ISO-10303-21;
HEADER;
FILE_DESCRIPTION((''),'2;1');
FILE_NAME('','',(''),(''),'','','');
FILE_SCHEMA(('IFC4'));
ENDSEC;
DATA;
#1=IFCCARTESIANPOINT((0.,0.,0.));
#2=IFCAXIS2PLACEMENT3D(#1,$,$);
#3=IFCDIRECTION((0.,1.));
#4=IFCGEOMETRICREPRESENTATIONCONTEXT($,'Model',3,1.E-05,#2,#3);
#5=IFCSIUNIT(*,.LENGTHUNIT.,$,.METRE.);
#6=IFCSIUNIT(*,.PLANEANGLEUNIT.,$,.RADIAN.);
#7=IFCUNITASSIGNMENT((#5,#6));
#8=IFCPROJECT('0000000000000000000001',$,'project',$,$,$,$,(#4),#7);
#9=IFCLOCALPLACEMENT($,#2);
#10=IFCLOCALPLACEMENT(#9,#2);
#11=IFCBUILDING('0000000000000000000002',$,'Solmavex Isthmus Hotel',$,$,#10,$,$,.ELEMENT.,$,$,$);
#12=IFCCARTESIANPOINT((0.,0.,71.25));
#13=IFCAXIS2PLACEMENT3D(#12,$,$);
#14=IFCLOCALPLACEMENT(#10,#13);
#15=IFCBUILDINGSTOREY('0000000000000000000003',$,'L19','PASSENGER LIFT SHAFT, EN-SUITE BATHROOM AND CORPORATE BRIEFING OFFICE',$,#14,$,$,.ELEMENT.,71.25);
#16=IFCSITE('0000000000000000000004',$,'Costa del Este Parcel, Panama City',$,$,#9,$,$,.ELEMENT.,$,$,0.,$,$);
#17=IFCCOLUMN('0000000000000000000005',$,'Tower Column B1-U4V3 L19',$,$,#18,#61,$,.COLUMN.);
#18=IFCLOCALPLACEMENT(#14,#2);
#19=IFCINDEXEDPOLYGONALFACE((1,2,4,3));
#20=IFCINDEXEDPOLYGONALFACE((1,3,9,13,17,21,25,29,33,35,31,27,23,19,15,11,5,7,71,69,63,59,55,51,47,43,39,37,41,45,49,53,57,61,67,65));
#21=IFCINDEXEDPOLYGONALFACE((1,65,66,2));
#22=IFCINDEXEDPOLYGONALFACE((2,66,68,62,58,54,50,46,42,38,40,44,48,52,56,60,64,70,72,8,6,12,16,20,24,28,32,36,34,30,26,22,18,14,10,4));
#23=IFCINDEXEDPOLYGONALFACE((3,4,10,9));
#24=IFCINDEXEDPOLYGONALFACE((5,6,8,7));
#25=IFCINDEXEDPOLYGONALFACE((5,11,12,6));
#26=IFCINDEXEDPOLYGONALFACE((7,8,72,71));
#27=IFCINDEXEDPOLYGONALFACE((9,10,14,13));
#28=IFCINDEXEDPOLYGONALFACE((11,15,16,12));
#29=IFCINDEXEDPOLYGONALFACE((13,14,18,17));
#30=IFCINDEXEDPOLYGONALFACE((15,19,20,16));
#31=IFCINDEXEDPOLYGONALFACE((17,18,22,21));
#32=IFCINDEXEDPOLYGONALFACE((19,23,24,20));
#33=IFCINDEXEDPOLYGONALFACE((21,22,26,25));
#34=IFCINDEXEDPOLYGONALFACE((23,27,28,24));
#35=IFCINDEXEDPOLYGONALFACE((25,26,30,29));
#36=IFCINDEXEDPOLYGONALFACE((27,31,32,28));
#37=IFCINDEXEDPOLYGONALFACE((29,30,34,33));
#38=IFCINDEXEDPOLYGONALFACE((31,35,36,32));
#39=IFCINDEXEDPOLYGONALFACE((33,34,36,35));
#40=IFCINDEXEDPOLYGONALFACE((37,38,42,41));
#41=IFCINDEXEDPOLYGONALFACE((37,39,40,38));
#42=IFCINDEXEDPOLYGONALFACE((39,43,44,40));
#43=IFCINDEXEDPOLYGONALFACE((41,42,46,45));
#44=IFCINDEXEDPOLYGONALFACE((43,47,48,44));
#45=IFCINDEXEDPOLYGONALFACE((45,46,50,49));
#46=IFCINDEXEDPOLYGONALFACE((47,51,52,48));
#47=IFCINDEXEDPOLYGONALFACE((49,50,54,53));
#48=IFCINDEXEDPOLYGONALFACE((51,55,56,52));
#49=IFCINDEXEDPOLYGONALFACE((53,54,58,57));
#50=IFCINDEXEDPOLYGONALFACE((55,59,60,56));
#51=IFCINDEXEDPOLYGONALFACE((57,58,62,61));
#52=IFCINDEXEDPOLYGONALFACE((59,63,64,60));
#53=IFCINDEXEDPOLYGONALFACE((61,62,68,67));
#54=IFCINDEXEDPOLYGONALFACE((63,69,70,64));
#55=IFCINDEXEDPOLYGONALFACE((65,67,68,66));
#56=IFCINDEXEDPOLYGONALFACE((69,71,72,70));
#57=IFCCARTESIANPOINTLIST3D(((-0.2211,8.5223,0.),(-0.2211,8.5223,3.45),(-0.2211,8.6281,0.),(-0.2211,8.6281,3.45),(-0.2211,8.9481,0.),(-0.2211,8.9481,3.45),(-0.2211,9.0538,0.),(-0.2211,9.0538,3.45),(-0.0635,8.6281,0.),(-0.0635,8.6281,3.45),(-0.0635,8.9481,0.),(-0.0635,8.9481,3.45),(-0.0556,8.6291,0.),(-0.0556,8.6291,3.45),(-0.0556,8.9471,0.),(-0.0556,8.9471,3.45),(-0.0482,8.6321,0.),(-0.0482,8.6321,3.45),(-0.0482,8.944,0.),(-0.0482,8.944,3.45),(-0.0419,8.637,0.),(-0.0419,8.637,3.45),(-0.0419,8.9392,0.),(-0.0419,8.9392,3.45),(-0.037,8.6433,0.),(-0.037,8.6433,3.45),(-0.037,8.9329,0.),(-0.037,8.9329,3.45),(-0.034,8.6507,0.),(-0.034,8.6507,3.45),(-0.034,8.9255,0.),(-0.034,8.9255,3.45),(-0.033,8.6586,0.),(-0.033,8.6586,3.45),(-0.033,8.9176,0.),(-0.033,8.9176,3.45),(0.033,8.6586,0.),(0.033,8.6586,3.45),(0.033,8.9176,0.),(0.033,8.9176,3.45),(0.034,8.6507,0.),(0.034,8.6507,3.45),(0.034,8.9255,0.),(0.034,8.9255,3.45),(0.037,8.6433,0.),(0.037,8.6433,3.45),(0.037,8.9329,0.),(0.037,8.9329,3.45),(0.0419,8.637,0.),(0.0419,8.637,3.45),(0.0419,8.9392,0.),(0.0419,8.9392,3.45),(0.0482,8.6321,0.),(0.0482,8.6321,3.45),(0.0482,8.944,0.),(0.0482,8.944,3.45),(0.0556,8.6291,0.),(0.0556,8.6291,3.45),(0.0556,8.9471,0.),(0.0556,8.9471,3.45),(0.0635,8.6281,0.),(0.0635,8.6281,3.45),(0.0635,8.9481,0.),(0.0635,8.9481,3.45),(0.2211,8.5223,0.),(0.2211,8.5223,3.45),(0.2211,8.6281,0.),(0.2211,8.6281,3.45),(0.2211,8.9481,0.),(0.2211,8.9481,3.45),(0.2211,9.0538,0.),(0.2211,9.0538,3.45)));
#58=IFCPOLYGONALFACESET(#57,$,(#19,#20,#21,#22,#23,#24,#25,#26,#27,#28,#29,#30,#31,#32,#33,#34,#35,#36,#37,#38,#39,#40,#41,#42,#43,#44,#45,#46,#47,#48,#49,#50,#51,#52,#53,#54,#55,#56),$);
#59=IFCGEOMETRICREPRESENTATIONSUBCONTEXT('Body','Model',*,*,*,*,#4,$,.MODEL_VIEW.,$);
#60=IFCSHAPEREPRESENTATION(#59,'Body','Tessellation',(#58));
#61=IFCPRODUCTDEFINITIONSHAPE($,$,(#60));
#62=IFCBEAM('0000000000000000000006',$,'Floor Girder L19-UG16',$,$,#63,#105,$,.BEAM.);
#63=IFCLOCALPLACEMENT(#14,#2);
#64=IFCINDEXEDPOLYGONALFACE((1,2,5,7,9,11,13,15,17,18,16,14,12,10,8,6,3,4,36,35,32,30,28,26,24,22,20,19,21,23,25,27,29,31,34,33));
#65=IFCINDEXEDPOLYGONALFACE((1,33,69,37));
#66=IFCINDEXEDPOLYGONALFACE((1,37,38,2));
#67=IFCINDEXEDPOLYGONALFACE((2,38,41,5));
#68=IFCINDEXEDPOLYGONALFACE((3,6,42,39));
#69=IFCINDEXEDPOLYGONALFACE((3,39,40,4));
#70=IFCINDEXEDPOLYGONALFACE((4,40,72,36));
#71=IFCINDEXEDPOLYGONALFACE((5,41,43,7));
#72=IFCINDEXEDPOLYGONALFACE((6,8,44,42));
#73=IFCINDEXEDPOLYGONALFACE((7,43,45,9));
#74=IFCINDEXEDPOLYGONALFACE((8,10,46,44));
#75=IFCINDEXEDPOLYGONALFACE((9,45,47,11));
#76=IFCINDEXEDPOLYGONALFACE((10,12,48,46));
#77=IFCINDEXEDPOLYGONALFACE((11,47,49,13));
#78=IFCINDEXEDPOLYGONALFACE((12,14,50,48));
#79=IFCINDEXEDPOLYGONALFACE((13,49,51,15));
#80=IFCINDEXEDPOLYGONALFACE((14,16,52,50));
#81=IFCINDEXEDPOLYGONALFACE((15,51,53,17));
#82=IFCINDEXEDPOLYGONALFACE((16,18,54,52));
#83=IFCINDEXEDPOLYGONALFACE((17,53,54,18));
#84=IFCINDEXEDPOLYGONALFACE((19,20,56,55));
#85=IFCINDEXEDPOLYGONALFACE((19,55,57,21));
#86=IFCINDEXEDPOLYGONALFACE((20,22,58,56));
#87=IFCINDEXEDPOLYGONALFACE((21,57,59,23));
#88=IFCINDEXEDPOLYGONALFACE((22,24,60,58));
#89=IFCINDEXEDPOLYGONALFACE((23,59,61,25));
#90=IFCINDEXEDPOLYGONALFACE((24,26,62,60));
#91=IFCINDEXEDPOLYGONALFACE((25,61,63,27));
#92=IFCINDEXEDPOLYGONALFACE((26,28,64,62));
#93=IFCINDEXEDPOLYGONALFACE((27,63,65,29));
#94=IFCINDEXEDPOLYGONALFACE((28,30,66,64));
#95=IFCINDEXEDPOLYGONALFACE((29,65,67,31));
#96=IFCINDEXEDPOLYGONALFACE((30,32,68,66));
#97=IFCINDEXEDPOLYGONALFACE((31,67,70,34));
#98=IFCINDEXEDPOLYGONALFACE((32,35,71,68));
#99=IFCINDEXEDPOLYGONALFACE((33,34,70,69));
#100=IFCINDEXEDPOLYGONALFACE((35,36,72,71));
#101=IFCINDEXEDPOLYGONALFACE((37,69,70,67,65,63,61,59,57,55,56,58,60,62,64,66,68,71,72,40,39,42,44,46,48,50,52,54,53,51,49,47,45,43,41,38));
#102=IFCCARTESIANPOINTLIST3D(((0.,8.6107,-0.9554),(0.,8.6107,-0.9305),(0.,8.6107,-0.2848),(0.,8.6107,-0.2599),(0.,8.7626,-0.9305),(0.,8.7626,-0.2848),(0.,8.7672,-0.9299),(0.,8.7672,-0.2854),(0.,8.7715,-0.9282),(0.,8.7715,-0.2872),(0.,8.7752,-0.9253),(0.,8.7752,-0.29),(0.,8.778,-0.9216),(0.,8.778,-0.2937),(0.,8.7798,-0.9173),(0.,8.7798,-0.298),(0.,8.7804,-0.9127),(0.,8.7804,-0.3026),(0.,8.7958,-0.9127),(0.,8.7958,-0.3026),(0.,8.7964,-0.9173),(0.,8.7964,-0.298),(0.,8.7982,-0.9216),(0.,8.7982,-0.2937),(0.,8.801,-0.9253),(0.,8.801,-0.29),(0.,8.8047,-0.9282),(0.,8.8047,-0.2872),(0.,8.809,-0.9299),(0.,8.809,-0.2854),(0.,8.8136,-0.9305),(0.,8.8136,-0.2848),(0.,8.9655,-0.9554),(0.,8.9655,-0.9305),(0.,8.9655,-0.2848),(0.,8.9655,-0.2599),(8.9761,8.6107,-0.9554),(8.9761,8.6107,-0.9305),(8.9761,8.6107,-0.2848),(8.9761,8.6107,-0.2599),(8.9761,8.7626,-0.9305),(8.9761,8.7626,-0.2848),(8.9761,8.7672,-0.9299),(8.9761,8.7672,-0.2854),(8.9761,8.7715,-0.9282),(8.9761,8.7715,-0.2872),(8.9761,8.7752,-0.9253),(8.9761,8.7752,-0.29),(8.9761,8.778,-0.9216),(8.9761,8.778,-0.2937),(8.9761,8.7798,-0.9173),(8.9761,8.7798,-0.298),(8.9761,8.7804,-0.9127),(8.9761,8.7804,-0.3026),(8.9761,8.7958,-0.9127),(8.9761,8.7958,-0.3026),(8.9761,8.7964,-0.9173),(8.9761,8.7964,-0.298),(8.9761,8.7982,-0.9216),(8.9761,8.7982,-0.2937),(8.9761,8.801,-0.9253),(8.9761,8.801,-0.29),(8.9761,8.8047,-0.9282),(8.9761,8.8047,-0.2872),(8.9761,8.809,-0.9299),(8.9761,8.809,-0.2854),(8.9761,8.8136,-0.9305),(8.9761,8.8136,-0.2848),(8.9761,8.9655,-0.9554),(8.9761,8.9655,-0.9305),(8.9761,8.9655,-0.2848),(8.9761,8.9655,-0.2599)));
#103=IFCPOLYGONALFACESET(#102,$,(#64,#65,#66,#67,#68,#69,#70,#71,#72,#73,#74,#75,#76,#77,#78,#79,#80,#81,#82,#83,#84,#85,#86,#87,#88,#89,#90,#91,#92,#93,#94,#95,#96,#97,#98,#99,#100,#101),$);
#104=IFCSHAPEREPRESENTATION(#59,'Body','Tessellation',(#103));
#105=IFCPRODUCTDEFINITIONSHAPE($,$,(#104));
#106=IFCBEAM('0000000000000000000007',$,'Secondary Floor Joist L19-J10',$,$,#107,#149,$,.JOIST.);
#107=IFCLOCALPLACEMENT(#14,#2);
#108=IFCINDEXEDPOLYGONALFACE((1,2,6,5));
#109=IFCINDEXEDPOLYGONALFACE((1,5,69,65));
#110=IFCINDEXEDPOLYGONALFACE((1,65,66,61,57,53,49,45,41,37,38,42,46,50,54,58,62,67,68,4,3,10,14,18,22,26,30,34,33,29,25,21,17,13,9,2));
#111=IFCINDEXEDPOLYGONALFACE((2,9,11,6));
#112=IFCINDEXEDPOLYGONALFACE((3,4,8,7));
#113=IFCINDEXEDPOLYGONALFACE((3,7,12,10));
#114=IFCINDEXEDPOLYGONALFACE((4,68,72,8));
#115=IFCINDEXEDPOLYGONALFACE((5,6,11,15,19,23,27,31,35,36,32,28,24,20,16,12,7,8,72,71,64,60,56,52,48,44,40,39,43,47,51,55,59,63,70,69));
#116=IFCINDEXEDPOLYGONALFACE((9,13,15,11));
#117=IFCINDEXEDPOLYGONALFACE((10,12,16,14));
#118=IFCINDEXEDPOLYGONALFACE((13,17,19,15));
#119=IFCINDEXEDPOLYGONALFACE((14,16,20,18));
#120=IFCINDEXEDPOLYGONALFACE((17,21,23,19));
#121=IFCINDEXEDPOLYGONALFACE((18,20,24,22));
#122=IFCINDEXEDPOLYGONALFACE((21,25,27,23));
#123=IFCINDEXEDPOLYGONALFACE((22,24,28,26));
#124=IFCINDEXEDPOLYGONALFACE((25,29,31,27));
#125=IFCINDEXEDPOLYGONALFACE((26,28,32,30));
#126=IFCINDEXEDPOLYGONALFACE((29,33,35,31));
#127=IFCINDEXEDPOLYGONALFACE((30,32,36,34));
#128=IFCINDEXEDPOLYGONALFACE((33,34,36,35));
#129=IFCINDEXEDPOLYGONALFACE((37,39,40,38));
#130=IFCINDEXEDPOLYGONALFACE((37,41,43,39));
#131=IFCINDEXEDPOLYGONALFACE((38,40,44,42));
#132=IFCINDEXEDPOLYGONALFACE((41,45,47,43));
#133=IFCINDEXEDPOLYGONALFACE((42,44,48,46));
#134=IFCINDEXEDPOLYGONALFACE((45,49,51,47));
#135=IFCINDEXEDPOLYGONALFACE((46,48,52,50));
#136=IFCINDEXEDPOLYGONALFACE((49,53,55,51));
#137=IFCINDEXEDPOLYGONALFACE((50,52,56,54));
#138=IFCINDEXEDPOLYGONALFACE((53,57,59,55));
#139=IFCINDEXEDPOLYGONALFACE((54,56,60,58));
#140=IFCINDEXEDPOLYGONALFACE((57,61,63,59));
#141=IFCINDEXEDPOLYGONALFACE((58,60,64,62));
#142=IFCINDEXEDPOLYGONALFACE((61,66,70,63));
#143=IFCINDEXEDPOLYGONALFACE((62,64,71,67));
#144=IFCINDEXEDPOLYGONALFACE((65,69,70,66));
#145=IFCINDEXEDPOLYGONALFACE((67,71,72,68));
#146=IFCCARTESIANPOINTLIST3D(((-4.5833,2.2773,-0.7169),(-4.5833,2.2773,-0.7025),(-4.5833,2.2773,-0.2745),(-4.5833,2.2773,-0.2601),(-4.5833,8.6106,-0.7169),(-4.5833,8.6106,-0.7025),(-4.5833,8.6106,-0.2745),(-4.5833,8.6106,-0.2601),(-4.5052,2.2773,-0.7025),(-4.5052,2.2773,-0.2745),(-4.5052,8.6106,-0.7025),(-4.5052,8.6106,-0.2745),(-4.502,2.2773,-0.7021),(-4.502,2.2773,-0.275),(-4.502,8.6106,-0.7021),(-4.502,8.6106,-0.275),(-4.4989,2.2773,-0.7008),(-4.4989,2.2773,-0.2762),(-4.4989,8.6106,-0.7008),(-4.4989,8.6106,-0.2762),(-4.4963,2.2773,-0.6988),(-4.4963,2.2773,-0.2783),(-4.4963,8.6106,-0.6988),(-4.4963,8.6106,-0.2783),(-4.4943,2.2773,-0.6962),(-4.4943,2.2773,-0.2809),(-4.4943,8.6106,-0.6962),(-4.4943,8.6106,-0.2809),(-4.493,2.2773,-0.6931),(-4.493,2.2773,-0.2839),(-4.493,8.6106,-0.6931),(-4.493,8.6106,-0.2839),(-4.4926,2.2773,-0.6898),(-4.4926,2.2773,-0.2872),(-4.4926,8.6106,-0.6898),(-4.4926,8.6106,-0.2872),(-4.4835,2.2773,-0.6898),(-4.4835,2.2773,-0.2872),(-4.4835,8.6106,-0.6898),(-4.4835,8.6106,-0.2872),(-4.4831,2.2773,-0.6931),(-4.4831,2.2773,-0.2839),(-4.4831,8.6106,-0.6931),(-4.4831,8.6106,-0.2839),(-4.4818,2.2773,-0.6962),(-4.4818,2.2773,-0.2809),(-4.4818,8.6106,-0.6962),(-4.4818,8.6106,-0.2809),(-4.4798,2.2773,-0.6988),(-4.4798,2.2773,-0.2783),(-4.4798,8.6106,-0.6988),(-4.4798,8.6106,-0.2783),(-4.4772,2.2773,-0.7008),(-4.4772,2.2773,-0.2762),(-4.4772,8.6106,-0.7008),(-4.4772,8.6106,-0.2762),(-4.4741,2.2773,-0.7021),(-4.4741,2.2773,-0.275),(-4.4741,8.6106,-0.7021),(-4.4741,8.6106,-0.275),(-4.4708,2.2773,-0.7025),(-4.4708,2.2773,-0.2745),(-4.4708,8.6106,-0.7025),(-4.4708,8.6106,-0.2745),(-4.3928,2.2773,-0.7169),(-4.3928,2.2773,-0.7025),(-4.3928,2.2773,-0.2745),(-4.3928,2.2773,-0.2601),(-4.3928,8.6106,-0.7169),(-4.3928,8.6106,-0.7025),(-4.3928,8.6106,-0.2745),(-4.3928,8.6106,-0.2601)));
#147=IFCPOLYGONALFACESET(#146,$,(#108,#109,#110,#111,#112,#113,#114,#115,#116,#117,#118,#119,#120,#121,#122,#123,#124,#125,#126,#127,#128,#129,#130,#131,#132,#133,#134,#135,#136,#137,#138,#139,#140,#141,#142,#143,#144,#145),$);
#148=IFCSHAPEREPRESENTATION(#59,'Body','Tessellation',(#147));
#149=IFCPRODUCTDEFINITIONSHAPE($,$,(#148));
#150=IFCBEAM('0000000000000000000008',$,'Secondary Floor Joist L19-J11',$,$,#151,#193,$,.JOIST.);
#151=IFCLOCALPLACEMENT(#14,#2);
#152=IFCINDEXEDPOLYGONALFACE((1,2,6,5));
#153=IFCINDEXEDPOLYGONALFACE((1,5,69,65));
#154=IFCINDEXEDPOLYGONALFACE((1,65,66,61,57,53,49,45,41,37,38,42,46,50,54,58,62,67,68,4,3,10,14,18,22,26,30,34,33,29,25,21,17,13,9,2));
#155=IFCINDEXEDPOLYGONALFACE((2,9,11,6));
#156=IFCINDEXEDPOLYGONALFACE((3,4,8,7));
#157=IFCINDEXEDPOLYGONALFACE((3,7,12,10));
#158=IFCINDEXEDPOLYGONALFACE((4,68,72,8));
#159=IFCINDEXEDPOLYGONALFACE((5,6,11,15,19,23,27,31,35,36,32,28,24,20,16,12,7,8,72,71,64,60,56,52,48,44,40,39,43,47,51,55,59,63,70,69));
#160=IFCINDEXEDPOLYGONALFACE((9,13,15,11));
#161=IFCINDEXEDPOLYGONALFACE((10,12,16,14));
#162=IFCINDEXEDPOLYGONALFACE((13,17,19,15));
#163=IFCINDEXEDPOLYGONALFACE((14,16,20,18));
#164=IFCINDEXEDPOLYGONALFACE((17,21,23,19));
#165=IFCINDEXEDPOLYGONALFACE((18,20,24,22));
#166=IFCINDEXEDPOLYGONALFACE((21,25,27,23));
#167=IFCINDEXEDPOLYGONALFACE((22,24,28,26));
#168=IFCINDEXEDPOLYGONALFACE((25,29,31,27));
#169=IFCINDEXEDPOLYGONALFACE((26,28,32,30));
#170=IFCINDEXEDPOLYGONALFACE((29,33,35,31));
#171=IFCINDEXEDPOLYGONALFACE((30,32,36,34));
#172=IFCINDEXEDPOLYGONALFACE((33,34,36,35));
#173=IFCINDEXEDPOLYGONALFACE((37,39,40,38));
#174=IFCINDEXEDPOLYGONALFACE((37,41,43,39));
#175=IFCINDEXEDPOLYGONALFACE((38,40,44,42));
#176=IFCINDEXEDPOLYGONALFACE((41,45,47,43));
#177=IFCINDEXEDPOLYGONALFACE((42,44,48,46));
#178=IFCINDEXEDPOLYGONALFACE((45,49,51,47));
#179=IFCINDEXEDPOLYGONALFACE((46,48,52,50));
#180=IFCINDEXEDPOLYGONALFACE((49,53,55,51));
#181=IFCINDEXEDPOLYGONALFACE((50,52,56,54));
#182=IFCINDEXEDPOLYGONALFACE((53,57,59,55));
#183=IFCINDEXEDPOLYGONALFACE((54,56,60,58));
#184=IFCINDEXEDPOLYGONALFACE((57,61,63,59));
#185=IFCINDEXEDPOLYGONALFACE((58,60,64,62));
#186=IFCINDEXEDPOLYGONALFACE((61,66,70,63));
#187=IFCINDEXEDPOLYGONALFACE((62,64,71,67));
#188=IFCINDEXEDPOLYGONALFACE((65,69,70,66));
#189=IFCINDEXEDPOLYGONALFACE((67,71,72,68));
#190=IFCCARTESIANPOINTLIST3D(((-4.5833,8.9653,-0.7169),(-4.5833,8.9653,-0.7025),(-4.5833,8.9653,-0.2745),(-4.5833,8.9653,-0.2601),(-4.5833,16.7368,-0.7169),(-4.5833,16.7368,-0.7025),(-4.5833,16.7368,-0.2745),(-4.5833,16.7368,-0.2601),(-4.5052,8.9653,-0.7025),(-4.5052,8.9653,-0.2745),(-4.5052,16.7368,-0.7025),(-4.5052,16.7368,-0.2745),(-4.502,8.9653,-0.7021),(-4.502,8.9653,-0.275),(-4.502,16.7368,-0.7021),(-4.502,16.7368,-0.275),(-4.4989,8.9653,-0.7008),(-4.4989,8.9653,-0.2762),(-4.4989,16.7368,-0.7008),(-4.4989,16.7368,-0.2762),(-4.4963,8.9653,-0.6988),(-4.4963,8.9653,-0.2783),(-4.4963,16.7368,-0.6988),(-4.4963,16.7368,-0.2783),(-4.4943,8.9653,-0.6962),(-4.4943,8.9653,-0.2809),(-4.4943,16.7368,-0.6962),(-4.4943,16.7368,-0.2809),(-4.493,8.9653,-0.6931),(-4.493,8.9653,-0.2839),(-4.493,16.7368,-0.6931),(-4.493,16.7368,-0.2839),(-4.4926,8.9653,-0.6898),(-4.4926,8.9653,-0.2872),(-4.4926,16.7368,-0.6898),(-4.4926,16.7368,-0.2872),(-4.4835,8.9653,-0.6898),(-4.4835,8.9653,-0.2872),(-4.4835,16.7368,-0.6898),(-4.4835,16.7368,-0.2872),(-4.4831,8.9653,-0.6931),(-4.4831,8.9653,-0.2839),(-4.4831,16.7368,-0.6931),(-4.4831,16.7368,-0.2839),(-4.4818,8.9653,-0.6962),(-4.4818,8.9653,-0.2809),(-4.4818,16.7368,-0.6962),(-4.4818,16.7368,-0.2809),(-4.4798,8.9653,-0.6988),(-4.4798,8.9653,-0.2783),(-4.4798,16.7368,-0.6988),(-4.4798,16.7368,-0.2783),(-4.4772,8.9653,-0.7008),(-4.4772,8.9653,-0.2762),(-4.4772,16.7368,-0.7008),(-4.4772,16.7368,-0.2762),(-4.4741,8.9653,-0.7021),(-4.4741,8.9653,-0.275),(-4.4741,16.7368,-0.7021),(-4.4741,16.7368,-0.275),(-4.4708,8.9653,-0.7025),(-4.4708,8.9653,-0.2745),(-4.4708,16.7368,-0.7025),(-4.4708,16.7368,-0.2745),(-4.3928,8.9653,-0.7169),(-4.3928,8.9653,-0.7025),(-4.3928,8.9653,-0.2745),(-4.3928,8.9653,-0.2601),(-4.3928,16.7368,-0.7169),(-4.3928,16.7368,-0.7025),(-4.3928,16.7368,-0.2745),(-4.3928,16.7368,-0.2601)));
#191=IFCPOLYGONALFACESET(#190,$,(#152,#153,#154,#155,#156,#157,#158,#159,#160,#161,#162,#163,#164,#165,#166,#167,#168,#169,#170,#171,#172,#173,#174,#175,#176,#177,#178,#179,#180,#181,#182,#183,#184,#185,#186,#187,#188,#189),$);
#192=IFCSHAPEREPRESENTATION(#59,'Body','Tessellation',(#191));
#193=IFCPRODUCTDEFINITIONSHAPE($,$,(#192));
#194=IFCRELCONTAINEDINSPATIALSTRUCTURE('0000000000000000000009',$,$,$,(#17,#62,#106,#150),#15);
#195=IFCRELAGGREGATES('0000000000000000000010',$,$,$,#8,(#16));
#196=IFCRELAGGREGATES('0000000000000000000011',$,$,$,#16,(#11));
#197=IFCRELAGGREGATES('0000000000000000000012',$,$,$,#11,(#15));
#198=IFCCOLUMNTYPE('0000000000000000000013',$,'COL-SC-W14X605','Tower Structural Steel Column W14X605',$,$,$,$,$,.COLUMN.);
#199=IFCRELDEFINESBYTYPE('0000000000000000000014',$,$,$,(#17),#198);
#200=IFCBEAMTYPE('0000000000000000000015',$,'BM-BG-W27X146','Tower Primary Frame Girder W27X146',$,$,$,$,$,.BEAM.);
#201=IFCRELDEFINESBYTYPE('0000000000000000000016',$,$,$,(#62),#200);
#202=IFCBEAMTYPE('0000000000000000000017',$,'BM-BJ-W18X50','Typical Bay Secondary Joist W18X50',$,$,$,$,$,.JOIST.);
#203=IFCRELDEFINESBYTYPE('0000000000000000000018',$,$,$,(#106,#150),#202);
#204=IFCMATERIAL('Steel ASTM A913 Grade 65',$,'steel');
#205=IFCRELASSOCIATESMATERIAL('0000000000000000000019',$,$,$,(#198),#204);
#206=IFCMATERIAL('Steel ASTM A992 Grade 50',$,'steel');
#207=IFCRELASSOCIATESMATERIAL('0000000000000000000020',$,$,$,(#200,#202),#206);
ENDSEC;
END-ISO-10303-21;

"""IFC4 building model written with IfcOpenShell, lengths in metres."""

from ifc_helpers import new_model, si_unit, direction, frame, origin, origin_2d, place, context, subcontext, project, spatial, i_section, extrude, material, material_profile, profile_set, type_object, element, save


model = new_model("IFC4")

# Units and contexts
model_context = context("Model", 3, precision=1e-05, world=origin(), true_north=direction((0.0, 1.0)))
body_context = subcontext(model_context, "Body", "Model", "MODEL_VIEW")
ifc_project = project(units=[si_unit("LENGTHUNIT", "METRE"), si_unit("PLANEANGLEUNIT", "RADIAN")], contexts=[model_context])

# Site, building, storey
site_placement = place(None, origin())
site = spatial("IfcSite", under=ifc_project, at=site_placement, Name="Costa del Este Parcel, Panama City", CompositionType="ELEMENT", RefElevation=0.0)
building_placement = place(site_placement, origin())
building = spatial("IfcBuilding", under=site, at=building_placement, Name="Solmavex Isthmus Hotel", CompositionType="ELEMENT")
storey_placement = place(building_placement, frame((0.0, 0.0, 71.25)))
storey = spatial("IfcBuildingStorey", under=building, at=storey_placement, Name="L19", Description="PASSENGER LIFT SHAFT, EN-SUITE BATHROOM AND CORPORATE BRIEFING OFFICE", CompositionType="ELEMENT", Elevation=71.25)

# Column
ifc_material_1 = material(Name="Steel ASTM A913 Grade 65", Category="steel")
ifc_material_profile_1 = material_profile(ifc_material_1, i_section(OverallWidth=0.4421, OverallDepth=0.5315, WebThickness=0.0659, FlangeThickness=0.1057, FilletRadius=0.0305, at=origin_2d()), Name="W14X605")
ifc_profile_set_1 = profile_set([ifc_material_profile_1], Name="Steel ASTM A913 Grade 65")
column_type = type_object("IfcColumnType", Name="COL-SC-W14X605", Description="Tower Structural Steel Column W14X605", PredefinedType="COLUMN", material=ifc_profile_set_1)
column_placement = place(storey_placement, frame((0.0, 8.7881, 0.0), z_axis=(0.0, 0.0, 1.0), x_axis=(1.0, 0.0, 0.0)))
element("IfcColumn", 1, at=column_placement, inside=storey, type_object=column_type, Name="Tower Column B1-U4V3 L19", PredefinedType="COLUMN", context=body_context, shape_type="SweptSolid", body=[
    extrude(i_section(OverallWidth=0.4421, OverallDepth=0.5315, WebThickness=0.0659, FlangeThickness=0.1057, FilletRadius=0.0305, at=origin_2d()), origin(), (0.0, 0.0, 1.0), 3.45),
])

# Beams
ifc_material_2 = material(Name="Steel ASTM A992 Grade 50", Category="steel")
ifc_material_profile_2 = material_profile(ifc_material_2, i_section(OverallWidth=0.3547, OverallDepth=0.6956, WebThickness=0.0154, FlangeThickness=0.0249, FilletRadius=0.0178, at=origin_2d()), Name="W27X146")
ifc_profile_set_2 = profile_set([ifc_material_profile_2], Name="Steel ASTM A992 Grade 50")
beam_type_1 = type_object("IfcBeamType", Name="BM-BG-W27X146", Description="Tower Primary Frame Girder W27X146", PredefinedType="BEAM", material=ifc_profile_set_2)
beam_1_placement = place(storey_placement, frame((0.0, 8.7881, -0.6077), z_axis=(1.0, 0.0, 0.0), x_axis=(0.0, 1.0, 0.0)))
element("IfcBeam", 2, at=beam_1_placement, inside=storey, type_object=beam_type_1, Name="Floor Girder L19-UG16", PredefinedType="BEAM", context=body_context, shape_type="SweptSolid", body=[
    extrude(i_section(OverallWidth=0.3547, OverallDepth=0.6956, WebThickness=0.0154, FlangeThickness=0.0249, FilletRadius=0.0178, at=origin_2d()), origin(), (0.0, 0.0, 1.0), 8.9761),
])
ifc_material_profile_3 = material_profile(ifc_material_2, i_section(OverallWidth=0.1904, OverallDepth=0.4568, WebThickness=0.009, FlangeThickness=0.0144, FilletRadius=0.0127, at=origin_2d()), Name="W18X50")
ifc_profile_set_3 = profile_set([ifc_material_profile_3], Name="Steel ASTM A992 Grade 50")
beam_type_2 = type_object("IfcBeamType", Name="BM-BJ-W18X50", Description="Typical Bay Secondary Joist W18X50", PredefinedType="JOIST", material=ifc_profile_set_3)
beam_2_placement = place(storey_placement, frame((-4.488, 2.2773, -0.4885), z_axis=(0.0, 1.0, 0.0), x_axis=(-1.0, 0.0, 0.0)))
element("IfcBeam", 3, at=beam_2_placement, inside=storey, type_object=beam_type_2, Name="Secondary Floor Joist L19-J10", PredefinedType="JOIST", context=body_context, shape_type="SweptSolid", body=[
    extrude(i_section(OverallWidth=0.1904, OverallDepth=0.4568, WebThickness=0.009, FlangeThickness=0.0144, FilletRadius=0.0127, at=origin_2d()), origin(), (0.0, 0.0, 1.0), 6.3333),
])
beam_3_placement = place(storey_placement, frame((-4.488, 8.9653, -0.4885), z_axis=(0.0, 1.0, 0.0), x_axis=(-1.0, 0.0, 0.0)))
element("IfcBeam", 4, at=beam_3_placement, inside=storey, type_object=beam_type_2, Name="Secondary Floor Joist L19-J11", PredefinedType="JOIST", context=body_context, shape_type="SweptSolid", body=[
    extrude(i_section(OverallWidth=0.1904, OverallDepth=0.4568, WebThickness=0.009, FlangeThickness=0.0144, FilletRadius=0.0127, at=origin_2d()), origin(), (0.0, 0.0, 1.0), 7.7715),
])

save(model, "model.ifc")
